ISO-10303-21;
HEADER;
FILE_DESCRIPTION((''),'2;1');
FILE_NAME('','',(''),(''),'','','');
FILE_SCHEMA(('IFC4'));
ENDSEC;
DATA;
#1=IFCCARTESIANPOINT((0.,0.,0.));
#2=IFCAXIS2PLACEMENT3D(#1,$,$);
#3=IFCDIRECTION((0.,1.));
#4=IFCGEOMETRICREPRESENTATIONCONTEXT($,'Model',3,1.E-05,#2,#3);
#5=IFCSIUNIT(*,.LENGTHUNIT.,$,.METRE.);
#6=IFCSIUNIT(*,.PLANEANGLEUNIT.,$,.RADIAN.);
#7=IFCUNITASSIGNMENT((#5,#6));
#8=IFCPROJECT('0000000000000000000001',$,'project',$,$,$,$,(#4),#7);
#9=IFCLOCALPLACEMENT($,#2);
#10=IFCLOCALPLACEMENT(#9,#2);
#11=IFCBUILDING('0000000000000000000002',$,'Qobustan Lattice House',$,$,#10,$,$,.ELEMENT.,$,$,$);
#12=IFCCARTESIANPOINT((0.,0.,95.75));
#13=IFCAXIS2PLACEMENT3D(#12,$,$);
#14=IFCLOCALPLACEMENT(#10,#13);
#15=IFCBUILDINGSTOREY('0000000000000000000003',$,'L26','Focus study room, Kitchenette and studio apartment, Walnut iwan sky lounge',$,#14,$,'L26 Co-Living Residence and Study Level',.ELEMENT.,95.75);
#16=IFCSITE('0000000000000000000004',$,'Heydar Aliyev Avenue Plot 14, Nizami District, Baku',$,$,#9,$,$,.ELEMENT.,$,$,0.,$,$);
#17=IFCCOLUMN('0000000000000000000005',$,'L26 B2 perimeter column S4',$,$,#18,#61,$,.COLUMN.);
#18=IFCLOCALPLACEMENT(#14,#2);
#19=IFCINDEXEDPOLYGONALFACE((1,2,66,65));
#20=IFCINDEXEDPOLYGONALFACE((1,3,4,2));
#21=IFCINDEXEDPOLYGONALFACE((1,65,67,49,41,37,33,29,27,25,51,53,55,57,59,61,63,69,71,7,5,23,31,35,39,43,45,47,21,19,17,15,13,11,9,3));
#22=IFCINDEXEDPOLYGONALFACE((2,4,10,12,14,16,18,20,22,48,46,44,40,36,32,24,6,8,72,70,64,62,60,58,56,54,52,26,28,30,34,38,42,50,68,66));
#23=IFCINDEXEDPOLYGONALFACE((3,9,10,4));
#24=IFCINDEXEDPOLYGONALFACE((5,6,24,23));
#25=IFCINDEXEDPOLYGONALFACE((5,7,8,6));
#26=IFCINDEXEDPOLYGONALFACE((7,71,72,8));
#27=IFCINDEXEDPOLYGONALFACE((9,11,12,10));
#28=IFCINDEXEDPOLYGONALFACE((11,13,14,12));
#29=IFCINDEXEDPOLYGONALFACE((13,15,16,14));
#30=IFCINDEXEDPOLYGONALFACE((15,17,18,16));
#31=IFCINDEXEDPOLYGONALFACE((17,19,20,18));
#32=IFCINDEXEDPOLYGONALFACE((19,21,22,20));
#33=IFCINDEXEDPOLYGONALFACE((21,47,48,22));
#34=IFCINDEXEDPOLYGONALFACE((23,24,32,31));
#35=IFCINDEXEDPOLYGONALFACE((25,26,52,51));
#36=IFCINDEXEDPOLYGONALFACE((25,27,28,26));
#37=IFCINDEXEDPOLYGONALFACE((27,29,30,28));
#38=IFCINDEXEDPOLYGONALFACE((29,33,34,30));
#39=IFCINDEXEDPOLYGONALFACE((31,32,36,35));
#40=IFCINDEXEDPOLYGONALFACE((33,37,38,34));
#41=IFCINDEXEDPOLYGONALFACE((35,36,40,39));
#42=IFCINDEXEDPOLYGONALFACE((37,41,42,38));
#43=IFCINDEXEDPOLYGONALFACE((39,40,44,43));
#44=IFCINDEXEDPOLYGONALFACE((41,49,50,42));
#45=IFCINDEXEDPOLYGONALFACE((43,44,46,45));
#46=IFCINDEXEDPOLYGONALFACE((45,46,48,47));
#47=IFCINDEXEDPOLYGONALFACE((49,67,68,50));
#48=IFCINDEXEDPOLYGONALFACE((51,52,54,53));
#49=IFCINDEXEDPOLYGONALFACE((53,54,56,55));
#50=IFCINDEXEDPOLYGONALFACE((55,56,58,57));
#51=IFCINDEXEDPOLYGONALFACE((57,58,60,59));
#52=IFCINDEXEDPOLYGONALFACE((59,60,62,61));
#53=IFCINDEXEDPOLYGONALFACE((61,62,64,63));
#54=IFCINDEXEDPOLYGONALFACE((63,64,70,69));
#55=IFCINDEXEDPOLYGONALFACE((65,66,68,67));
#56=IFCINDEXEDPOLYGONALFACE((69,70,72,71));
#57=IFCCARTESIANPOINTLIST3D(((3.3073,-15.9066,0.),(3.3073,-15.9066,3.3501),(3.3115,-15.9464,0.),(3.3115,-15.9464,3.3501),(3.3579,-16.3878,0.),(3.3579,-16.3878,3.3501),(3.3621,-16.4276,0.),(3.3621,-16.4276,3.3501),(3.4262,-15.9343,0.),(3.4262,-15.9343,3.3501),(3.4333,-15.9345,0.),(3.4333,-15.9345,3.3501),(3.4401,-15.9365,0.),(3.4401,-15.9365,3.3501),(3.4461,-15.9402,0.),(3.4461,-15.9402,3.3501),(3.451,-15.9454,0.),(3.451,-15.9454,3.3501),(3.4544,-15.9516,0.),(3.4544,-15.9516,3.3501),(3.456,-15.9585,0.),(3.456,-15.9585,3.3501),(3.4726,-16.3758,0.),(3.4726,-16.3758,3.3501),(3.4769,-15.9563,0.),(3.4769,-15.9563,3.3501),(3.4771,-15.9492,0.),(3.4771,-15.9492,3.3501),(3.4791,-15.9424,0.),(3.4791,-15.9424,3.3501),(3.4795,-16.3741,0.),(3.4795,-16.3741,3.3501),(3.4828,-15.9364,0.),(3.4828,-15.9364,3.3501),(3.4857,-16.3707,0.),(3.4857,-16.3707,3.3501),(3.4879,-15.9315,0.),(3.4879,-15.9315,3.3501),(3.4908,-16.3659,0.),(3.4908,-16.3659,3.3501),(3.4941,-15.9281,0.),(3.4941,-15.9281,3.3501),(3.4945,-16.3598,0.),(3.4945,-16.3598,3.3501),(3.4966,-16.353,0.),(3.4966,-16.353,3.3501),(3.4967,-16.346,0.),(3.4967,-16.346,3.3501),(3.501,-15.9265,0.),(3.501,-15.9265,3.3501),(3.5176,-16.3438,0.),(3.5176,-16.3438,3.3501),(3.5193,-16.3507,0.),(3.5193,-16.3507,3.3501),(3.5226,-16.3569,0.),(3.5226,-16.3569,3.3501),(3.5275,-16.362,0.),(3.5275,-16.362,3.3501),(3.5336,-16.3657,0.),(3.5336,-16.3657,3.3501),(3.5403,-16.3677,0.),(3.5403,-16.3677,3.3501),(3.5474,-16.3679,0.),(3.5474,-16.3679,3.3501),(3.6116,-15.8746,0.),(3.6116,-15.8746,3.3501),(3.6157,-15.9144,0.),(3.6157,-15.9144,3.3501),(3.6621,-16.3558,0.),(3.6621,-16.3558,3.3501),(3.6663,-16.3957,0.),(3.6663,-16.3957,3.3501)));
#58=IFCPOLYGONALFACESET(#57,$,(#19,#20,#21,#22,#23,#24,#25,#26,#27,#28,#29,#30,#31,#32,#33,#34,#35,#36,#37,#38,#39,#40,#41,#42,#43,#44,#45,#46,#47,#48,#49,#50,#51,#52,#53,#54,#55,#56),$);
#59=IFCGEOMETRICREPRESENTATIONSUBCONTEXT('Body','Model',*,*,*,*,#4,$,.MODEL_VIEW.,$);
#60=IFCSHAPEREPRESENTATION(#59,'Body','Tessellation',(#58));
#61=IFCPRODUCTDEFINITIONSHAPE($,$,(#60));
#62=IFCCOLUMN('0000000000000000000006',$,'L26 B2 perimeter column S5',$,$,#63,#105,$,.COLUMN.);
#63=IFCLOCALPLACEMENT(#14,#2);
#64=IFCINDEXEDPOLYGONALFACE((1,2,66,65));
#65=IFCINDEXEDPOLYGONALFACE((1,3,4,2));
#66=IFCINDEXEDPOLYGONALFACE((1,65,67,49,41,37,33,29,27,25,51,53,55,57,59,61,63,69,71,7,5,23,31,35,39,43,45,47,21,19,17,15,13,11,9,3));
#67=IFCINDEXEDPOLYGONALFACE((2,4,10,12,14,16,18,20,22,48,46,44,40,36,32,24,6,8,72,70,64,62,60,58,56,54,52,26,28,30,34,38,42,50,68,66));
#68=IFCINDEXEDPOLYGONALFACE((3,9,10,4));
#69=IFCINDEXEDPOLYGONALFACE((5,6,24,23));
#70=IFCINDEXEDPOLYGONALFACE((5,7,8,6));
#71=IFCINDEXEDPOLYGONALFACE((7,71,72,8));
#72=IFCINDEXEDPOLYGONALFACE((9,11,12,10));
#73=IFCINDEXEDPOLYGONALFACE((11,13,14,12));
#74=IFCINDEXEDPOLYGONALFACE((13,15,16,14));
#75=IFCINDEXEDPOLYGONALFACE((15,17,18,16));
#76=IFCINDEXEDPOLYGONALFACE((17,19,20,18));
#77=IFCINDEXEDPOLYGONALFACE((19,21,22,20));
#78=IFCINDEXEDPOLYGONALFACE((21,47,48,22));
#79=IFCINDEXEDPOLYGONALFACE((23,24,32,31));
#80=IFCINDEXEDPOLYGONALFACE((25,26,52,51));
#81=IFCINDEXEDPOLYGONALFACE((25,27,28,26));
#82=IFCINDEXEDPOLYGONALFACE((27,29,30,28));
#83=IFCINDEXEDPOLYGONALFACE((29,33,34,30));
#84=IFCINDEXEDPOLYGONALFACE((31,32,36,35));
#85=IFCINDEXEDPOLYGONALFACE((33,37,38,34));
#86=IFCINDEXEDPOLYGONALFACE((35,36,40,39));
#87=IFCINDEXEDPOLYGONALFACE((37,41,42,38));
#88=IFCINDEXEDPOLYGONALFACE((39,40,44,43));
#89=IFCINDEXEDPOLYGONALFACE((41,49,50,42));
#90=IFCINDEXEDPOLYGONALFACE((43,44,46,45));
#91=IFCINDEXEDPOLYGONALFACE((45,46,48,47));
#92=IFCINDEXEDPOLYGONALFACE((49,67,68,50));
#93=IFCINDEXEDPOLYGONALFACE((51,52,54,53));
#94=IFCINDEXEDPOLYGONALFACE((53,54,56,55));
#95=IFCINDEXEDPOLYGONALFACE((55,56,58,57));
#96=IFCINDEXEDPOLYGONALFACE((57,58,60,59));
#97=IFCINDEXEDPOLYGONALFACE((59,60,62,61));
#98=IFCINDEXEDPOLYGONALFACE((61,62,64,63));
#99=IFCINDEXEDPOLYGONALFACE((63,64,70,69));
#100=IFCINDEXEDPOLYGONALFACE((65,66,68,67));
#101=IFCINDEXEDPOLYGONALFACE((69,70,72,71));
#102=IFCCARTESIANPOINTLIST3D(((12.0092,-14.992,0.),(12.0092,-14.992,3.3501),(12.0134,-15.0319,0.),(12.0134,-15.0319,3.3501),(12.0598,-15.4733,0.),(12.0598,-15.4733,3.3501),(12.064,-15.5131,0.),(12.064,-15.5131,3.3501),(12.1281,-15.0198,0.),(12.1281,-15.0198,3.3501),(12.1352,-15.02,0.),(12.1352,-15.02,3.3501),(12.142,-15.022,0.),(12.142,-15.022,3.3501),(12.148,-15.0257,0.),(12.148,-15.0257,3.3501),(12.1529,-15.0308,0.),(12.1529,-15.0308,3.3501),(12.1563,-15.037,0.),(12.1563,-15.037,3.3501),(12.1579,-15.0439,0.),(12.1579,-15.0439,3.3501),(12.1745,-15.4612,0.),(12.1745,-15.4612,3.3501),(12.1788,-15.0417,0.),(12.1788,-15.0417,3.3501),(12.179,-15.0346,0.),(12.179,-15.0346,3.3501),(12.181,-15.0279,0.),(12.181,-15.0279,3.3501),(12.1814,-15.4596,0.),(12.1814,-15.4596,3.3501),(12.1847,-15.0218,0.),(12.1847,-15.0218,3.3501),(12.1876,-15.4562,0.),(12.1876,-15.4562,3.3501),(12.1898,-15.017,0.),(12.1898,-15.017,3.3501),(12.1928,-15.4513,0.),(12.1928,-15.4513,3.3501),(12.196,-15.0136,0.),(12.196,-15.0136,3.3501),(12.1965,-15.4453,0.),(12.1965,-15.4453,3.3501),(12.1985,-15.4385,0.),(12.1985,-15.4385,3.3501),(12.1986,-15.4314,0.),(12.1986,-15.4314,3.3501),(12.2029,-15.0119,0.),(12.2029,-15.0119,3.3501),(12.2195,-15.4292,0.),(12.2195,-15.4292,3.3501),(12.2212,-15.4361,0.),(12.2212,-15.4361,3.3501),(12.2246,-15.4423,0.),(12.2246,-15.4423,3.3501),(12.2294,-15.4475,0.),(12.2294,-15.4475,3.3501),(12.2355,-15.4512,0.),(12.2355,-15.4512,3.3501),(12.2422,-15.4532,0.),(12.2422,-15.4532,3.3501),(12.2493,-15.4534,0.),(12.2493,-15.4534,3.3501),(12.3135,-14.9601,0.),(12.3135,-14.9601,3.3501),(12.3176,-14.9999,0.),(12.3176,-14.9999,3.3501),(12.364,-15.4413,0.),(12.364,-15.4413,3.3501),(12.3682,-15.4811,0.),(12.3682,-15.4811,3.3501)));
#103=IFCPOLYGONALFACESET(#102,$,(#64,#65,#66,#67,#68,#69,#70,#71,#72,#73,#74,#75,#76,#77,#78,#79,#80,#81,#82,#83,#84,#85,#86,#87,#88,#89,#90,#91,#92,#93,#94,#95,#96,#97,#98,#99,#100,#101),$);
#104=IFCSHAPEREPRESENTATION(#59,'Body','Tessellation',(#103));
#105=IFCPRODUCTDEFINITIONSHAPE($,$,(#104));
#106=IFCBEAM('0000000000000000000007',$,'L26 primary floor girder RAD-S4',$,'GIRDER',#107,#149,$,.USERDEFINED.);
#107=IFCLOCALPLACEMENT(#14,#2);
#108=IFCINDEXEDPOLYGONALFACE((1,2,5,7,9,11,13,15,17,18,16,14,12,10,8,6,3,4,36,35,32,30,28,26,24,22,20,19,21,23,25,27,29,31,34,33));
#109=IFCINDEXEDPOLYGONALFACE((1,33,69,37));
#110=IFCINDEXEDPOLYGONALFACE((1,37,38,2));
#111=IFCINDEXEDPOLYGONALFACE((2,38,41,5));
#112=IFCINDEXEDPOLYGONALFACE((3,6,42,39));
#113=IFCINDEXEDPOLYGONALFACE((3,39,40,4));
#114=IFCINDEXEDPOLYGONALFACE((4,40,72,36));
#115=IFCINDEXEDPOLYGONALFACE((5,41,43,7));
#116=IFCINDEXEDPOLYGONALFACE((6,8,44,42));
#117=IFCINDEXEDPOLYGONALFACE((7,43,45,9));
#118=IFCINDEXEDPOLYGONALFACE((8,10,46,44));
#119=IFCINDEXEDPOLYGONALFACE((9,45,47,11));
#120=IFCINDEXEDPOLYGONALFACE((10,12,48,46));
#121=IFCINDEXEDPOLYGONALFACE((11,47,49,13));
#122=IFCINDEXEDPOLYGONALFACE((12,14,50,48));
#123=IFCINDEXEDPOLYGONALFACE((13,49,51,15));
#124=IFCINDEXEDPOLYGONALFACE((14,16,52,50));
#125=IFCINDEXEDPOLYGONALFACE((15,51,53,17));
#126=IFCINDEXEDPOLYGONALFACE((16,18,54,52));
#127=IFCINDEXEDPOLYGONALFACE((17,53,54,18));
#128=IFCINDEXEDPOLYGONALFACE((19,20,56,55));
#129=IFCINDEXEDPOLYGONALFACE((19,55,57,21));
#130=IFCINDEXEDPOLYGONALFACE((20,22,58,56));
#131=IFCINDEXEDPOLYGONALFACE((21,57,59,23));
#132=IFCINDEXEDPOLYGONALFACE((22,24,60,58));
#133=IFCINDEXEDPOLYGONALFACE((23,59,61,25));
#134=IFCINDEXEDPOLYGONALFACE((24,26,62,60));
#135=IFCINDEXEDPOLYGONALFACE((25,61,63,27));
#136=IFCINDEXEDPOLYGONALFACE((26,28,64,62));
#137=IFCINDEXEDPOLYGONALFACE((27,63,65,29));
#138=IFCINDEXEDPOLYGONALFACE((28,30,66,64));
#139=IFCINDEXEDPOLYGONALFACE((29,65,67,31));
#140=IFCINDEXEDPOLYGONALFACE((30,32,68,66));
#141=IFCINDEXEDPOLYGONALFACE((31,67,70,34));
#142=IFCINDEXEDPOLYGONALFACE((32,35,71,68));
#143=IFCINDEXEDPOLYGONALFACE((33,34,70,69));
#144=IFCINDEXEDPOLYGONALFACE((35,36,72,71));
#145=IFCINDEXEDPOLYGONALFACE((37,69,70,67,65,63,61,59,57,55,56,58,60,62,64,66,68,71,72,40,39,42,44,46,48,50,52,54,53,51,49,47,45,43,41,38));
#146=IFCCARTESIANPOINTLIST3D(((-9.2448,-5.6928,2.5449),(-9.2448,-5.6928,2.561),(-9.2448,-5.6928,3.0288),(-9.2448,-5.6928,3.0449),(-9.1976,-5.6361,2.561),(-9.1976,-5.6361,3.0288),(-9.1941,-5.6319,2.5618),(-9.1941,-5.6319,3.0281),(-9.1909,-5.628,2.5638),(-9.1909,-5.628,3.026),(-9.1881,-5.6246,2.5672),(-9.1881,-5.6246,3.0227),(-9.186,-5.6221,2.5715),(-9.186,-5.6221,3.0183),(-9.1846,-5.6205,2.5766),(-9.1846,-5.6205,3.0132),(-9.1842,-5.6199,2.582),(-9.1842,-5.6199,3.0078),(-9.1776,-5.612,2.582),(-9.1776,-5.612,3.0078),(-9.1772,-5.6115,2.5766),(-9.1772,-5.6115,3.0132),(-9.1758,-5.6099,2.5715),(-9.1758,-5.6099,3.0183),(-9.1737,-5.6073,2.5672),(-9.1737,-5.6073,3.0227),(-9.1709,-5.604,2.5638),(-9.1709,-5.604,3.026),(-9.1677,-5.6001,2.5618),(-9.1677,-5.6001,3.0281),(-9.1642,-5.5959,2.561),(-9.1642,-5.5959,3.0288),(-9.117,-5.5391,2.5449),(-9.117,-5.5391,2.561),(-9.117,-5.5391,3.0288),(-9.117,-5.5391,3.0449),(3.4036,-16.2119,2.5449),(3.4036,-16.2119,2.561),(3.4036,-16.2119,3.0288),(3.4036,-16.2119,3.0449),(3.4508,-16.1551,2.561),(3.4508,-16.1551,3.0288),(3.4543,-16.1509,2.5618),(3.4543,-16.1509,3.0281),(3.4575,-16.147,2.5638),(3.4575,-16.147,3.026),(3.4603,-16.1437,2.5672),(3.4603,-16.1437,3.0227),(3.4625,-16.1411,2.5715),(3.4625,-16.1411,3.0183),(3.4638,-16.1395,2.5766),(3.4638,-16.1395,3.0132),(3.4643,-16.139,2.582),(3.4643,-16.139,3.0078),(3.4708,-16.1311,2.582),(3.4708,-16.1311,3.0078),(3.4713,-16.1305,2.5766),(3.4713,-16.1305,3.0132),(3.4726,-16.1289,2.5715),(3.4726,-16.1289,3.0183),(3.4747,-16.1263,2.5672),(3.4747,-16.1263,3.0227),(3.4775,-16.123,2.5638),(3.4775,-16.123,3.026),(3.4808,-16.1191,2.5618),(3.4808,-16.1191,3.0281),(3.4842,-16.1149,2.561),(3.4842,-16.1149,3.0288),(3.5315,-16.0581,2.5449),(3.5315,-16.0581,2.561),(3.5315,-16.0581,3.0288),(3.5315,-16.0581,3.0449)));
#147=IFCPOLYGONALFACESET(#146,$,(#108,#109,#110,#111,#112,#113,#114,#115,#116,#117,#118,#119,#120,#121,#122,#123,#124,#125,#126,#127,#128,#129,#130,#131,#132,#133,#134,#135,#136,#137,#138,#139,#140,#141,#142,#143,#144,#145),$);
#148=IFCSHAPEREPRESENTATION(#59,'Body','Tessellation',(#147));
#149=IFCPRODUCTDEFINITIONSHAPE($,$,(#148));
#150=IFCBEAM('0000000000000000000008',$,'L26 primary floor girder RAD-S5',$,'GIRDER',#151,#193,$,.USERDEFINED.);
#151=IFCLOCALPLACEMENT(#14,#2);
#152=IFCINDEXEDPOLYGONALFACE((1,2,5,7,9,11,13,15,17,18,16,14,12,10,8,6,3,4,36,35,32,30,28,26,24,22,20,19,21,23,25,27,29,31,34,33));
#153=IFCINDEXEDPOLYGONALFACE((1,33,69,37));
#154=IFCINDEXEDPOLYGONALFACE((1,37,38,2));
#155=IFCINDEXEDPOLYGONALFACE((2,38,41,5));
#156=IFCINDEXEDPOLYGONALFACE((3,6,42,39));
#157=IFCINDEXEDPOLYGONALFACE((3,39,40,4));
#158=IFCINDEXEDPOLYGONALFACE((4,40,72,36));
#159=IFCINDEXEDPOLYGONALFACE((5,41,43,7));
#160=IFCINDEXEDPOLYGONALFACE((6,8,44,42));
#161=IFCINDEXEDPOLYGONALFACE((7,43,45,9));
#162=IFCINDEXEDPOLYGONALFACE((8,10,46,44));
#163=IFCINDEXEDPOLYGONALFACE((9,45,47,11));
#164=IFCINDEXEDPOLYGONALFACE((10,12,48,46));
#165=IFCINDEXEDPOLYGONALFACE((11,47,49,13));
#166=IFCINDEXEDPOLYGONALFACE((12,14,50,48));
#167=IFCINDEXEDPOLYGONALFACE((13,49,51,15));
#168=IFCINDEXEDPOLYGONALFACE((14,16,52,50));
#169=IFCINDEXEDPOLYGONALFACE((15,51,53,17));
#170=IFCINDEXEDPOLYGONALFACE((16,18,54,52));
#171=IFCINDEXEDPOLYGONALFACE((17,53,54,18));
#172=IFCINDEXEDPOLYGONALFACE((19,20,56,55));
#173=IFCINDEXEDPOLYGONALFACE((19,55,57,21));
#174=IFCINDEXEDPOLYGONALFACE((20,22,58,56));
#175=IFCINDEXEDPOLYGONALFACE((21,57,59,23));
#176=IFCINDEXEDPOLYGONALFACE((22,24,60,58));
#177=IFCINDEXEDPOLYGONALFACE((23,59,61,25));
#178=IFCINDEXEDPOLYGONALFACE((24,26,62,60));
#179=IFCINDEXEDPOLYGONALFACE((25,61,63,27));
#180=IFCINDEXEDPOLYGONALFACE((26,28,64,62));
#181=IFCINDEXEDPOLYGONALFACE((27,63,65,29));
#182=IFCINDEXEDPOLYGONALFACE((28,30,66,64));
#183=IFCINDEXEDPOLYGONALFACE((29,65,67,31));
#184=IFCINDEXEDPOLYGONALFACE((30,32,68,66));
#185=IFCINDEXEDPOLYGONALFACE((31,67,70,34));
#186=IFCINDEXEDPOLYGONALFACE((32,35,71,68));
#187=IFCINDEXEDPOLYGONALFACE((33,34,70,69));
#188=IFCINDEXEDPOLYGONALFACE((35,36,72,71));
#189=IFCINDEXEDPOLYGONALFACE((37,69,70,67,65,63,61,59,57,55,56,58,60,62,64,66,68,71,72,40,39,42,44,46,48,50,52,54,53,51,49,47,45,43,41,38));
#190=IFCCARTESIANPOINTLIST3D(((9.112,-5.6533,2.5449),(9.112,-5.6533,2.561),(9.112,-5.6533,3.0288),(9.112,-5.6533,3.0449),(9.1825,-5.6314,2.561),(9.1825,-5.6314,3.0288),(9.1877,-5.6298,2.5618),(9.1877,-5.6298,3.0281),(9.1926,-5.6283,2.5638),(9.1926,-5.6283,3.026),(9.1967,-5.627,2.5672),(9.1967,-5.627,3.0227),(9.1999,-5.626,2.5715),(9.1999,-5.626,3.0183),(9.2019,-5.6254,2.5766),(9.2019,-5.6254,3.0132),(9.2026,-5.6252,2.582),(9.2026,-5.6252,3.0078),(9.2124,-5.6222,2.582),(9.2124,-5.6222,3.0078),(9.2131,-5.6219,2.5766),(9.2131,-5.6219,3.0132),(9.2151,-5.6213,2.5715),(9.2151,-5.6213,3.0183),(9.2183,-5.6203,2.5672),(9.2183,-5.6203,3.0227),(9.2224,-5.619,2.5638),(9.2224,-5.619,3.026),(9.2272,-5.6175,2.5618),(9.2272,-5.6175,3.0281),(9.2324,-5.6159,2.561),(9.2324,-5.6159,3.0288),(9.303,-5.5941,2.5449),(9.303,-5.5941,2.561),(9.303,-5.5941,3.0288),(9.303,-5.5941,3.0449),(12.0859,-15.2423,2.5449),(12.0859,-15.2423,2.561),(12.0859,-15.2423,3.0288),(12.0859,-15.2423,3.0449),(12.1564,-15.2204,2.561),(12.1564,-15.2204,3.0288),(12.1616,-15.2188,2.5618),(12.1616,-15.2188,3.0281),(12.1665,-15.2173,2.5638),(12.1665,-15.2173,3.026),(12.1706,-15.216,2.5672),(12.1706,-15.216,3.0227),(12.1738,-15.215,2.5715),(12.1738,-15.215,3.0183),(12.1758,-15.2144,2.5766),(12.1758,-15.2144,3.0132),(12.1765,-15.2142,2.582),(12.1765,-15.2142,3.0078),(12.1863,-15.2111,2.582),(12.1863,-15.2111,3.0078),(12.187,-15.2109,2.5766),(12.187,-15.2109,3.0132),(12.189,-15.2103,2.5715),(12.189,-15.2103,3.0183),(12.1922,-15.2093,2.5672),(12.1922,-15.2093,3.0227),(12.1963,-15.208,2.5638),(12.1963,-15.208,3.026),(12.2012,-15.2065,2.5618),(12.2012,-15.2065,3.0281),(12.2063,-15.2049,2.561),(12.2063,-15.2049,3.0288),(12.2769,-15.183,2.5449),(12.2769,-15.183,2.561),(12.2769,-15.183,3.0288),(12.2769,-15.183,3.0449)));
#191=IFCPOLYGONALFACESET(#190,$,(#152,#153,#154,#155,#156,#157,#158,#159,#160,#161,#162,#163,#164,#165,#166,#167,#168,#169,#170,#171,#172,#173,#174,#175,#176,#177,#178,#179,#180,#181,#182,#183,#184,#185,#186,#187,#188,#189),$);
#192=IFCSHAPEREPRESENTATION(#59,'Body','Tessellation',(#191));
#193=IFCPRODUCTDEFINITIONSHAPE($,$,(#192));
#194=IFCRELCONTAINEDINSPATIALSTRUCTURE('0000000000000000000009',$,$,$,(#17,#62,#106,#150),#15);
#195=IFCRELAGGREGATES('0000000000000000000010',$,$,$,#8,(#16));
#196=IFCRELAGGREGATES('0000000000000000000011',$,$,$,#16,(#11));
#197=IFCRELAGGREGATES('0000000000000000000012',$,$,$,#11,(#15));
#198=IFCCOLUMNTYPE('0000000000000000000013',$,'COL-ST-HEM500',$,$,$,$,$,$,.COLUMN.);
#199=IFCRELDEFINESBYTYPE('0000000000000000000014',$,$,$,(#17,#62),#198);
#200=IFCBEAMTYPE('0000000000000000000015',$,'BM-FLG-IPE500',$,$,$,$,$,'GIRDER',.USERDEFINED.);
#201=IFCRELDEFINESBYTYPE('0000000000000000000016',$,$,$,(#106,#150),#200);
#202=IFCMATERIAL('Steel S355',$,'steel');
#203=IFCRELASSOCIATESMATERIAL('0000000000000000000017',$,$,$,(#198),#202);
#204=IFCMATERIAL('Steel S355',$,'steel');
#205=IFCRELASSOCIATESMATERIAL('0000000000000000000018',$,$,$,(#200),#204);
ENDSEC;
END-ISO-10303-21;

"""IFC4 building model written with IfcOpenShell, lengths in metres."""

from ifc_helpers import new_model, si_unit, direction, frame, origin, origin_2d, place, context, subcontext, project, spatial, i_section, extrude, material, material_profile, profile_set, type_object, element, save


model = new_model("IFC4")

# Units and contexts
model_context = context("Model", 3, precision=1e-05, world=origin(), true_north=direction((0.0, 1.0)))
body_context = subcontext(model_context, "Body", "Model", "MODEL_VIEW")
ifc_project = project(units=[si_unit("LENGTHUNIT", "METRE"), si_unit("PLANEANGLEUNIT", "RADIAN")], contexts=[model_context])

# Site, building, storey
site_placement = place(None, origin())
site = spatial("IfcSite", under=ifc_project, at=site_placement, Name="Heydar Aliyev Avenue Plot 14, Nizami District, Baku", CompositionType="ELEMENT", RefElevation=0.0)
building_placement = place(site_placement, origin())
building = spatial("IfcBuilding", under=site, at=building_placement, Name="Qobustan Lattice House", CompositionType="ELEMENT")
storey_placement = place(building_placement, frame((0.0, 0.0, 95.75)))
storey = spatial("IfcBuildingStorey", under=building, at=storey_placement, Name="L26", Description="Focus study room, Kitchenette and studio apartment, Walnut iwan sky lounge", LongName="L26 Co-Living Residence and Study Level", CompositionType="ELEMENT", Elevation=95.75)

# Columns
ifc_material_1 = material(Name="Steel S355", Category="steel")
ifc_material_profile_1 = material_profile(ifc_material_1, i_section(OverallWidth=0.3059, OverallDepth=0.5239, WebThickness=0.021, FlangeThickness=0.04, FilletRadius=0.0271, at=origin_2d()), Name="HEM500")
ifc_profile_set_1 = profile_set([ifc_material_profile_1], Name="Steel S355")
column_type = type_object("IfcColumnType", Name="COL-ST-HEM500", PredefinedType="COLUMN", material=ifc_profile_set_1)
for number, where, z_axis, x_axis, name in (
    (1, (3.4868, -16.1511, 0.0), (0.0, 0.0, 1.0), (0.994522, 0.104528, 0.0), "L26 B2 perimeter column S4"),
    (2, (12.1887, -15.2366, 0.0), (0.0, 0.0, 1.0), (0.994522, 0.104528, 0.0), "L26 B2 perimeter column S5"),
):
    element("IfcColumn", number, at=place(storey_placement, frame(where, z_axis=z_axis, x_axis=x_axis)), inside=storey, type_object=column_type, Name=name, PredefinedType="COLUMN", context=body_context, shape_type="SweptSolid", body=[
        extrude(i_section(OverallWidth=0.3059, OverallDepth=0.5239, WebThickness=0.021, FlangeThickness=0.04, FilletRadius=0.0271, at=origin_2d()), origin(), (0.0, 0.0, 1.0), 3.3501),
    ])

# Beams
ifc_material_2 = material(Name="Steel S355", Category="steel")
ifc_material_profile_2 = material_profile(ifc_material_2, i_section(OverallWidth=0.2, OverallDepth=0.5, WebThickness=0.0103, FlangeThickness=0.0161, FilletRadius=0.021, at=origin_2d()), Name="IPE500")
ifc_profile_set_2 = profile_set([ifc_material_profile_2], Name="Steel S355")
beam_type_1 = type_object("IfcBeamType", Name="BM-FLG-IPE500", ElementType="GIRDER", PredefinedType="USERDEFINED", material=ifc_profile_set_2)
beam_1_placement = place(storey_placement, frame((3.4675, -16.135, 2.7949), z_axis=(-0.768858, 0.639419, 0.0), x_axis=(-0.639419, -0.768858, 0.0)))
element("IfcBeam", 3, at=beam_1_placement, inside=storey, type_object=beam_type_1, Name="L26 primary floor girder RAD-S4", ObjectType="GIRDER", PredefinedType="USERDEFINED", context=body_context, shape_type="SweptSolid", body=[
    extrude(i_section(OverallWidth=0.2, OverallDepth=0.5, WebThickness=0.0103, FlangeThickness=0.0161, FilletRadius=0.021, at=origin_2d()), origin(), (0.0, 0.0, 1.0), 16.4509),
])
beam_2_placement = place(storey_placement, frame((12.1814, -15.2126, 2.7949), z_axis=(-0.296219, 0.95512, 0.0), x_axis=(-0.95512, -0.296219, 0.0)))
element("IfcBeam", 4, at=beam_2_placement, inside=storey, type_object=beam_type_1, Name="L26 primary floor girder RAD-S5", ObjectType="GIRDER", PredefinedType="USERDEFINED", context=body_context, shape_type="SweptSolid", body=[
    extrude(i_section(OverallWidth=0.2, OverallDepth=0.5, WebThickness=0.0103, FlangeThickness=0.0161, FilletRadius=0.021, at=origin_2d()), origin(), (0.0, 0.0, 1.0), 10.0396),
])

save(model, "model.ifc")
